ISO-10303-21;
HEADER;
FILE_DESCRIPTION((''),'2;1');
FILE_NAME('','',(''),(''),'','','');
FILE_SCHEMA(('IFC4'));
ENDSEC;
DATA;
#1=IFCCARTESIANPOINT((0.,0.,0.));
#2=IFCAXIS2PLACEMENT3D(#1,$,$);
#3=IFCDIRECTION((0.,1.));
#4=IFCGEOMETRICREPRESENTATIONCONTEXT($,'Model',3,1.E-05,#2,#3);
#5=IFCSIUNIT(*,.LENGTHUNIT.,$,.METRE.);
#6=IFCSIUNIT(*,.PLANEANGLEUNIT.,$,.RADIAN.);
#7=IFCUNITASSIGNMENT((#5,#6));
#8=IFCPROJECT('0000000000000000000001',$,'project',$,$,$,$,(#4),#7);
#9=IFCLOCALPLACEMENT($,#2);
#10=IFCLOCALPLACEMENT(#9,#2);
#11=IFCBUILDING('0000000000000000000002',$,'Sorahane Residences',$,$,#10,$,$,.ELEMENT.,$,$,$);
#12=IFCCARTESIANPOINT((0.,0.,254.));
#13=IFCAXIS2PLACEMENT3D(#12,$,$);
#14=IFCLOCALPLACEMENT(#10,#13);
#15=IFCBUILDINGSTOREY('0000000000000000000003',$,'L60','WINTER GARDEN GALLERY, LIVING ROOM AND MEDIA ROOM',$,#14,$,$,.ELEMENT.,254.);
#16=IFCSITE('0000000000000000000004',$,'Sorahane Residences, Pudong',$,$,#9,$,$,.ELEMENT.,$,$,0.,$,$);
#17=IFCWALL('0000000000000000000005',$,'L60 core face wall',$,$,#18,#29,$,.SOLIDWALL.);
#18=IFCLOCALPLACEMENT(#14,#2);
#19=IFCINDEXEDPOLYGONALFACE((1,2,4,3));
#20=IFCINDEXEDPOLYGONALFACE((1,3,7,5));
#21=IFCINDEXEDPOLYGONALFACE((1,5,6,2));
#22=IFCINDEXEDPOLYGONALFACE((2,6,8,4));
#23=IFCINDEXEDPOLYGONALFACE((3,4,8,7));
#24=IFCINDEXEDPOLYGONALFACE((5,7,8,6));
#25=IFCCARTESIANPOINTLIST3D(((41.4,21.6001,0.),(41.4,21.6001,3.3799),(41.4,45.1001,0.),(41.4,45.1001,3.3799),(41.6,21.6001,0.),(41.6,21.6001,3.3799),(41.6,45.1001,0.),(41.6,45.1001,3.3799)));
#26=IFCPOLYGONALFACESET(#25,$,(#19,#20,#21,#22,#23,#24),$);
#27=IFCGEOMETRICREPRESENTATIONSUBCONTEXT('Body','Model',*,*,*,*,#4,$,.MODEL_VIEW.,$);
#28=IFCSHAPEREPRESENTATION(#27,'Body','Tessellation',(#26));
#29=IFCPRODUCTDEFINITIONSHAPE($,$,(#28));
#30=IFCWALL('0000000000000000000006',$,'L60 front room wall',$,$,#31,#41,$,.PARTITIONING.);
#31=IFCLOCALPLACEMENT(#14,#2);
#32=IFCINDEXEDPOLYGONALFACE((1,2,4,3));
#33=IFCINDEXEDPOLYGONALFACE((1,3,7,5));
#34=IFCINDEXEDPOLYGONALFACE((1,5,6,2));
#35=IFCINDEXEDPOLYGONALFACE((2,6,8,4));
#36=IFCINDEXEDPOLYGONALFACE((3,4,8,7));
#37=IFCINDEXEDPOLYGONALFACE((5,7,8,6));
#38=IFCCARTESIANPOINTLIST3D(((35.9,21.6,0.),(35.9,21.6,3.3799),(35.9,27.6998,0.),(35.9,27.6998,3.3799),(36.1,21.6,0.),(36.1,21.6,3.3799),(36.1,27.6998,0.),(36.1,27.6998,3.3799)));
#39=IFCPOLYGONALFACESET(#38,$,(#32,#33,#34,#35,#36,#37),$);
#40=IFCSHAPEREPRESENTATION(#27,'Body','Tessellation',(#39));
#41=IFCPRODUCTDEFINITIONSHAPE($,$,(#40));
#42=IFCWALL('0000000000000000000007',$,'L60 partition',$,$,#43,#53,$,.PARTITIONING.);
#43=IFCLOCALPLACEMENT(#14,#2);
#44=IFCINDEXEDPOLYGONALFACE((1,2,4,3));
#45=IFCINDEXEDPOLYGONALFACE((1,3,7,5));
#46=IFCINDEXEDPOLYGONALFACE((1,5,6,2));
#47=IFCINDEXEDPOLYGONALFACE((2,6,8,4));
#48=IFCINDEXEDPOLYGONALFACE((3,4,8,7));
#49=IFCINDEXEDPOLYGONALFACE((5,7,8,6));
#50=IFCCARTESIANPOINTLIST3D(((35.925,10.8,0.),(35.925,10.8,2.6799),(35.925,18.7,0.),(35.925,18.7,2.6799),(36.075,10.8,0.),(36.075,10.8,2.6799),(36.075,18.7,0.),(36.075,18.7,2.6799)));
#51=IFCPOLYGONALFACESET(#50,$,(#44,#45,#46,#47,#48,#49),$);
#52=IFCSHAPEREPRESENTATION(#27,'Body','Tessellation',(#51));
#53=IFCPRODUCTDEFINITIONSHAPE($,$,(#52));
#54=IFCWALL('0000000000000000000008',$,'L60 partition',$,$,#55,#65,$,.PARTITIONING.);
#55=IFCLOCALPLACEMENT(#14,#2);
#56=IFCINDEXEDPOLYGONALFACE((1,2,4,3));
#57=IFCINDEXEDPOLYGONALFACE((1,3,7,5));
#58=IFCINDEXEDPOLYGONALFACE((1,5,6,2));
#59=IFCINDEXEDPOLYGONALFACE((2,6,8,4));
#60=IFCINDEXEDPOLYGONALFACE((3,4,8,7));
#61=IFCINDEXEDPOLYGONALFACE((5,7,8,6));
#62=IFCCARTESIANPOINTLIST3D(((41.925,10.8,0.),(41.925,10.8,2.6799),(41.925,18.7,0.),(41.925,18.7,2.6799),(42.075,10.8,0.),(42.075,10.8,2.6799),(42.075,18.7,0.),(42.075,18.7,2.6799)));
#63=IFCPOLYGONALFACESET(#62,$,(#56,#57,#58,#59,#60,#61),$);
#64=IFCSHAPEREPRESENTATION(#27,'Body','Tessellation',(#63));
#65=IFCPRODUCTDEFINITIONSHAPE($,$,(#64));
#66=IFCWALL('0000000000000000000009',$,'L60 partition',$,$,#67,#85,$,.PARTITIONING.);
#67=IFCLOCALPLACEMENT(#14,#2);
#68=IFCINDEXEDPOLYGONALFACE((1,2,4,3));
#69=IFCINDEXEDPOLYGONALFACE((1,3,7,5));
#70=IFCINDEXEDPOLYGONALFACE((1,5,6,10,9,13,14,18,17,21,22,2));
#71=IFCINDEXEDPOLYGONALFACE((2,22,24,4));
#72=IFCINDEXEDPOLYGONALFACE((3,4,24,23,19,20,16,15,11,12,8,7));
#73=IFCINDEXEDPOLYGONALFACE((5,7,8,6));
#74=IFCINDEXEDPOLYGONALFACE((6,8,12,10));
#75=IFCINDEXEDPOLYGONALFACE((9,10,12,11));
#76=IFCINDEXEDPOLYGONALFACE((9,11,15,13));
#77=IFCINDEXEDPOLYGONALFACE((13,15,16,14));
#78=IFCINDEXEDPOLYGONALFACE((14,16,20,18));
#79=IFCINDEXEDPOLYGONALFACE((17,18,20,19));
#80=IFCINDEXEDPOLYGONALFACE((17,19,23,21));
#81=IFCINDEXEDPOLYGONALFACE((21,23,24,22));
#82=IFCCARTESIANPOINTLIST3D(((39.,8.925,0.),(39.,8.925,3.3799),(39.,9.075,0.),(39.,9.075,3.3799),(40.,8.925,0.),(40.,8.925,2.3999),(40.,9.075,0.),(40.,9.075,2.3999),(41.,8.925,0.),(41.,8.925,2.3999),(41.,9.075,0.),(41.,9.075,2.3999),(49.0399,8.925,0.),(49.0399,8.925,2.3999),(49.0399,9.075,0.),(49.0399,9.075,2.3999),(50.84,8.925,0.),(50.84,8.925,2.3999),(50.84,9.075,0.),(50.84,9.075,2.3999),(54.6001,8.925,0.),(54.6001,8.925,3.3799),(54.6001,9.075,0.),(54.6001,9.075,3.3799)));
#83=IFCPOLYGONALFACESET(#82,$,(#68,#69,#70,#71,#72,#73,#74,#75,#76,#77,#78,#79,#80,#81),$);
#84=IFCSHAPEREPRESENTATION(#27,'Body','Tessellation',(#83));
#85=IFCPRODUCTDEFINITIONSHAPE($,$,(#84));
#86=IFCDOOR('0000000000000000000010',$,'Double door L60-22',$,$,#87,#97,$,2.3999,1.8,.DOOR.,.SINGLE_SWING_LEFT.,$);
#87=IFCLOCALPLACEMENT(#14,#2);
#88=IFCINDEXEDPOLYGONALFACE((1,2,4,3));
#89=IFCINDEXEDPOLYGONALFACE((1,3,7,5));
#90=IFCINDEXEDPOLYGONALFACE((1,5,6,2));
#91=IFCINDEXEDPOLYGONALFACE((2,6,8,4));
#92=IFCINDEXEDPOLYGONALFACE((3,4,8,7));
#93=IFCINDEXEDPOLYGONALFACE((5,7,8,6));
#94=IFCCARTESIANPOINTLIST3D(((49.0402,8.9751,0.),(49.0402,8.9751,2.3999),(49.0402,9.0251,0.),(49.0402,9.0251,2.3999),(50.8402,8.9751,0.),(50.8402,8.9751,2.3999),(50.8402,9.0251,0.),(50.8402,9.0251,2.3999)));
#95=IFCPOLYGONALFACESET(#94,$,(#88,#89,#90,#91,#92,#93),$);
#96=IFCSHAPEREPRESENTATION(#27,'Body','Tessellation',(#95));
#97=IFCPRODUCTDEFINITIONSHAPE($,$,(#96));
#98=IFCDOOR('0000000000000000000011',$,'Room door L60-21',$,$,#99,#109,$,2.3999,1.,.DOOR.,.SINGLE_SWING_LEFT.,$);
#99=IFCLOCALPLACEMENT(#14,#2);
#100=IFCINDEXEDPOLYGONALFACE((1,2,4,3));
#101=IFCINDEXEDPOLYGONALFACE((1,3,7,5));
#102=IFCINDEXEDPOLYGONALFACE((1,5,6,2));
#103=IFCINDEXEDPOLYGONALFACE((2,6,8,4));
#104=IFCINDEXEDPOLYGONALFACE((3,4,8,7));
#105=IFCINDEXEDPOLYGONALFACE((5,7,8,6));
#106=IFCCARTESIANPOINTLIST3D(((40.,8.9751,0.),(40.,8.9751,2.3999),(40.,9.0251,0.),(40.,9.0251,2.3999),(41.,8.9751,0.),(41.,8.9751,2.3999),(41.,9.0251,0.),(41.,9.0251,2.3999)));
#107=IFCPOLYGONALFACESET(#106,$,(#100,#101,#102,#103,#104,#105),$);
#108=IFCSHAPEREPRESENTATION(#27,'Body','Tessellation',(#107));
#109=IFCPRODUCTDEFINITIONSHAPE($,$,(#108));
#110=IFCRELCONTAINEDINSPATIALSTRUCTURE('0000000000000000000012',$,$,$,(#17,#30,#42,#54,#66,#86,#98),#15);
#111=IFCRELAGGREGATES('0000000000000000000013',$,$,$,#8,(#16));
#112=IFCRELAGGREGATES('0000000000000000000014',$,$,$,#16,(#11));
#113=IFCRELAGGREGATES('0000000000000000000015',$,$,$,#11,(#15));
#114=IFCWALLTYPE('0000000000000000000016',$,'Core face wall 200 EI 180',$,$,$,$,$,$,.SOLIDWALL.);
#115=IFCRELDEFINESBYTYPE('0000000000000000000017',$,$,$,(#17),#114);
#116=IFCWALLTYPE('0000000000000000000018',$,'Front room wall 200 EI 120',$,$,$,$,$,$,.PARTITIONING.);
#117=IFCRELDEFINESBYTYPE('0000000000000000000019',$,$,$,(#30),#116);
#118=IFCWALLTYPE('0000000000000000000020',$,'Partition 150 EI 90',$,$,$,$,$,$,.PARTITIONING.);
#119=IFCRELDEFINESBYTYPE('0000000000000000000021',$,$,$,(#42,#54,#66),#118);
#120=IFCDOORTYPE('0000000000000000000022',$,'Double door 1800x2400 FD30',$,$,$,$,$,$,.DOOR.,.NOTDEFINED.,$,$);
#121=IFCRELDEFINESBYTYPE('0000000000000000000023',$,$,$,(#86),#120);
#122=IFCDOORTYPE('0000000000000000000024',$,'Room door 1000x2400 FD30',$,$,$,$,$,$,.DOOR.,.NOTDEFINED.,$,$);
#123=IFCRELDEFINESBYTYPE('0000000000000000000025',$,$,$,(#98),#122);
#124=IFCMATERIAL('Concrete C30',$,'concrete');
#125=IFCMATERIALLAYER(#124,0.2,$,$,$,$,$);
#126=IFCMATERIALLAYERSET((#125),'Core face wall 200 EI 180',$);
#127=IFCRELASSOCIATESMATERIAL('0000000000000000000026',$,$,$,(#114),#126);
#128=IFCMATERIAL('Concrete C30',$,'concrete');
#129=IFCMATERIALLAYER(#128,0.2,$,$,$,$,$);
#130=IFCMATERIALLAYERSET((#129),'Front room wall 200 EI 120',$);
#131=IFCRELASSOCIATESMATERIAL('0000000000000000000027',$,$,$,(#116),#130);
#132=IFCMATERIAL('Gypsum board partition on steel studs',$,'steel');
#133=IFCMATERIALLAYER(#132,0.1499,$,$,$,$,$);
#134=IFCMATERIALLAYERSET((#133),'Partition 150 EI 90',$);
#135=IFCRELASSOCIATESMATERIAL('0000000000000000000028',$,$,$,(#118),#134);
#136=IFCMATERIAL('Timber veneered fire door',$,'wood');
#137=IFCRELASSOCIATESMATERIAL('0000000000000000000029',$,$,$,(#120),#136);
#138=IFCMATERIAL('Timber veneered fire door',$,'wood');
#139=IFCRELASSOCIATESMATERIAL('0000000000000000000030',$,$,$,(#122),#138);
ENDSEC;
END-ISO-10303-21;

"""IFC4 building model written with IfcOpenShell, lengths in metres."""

from ifc_helpers import new_model, si_unit, direction, frame, frame_2d, origin, place, context, subcontext, project, spatial, rectangle, extrude, material, layer, layer_set, type_object, element, fill, save


model = new_model("IFC4")

# Units and contexts
model_context = context("Model", 3, precision=1e-05, world=origin(), true_north=direction((0.0, 1.0)))
body_context = subcontext(model_context, "Body", "Model", "MODEL_VIEW")
ifc_project = project(units=[si_unit("LENGTHUNIT", "METRE"), si_unit("PLANEANGLEUNIT", "RADIAN")], contexts=[model_context])

# Site, building, storey
site_placement = place(None, origin())
site = spatial("IfcSite", under=ifc_project, at=site_placement, Name="Sorahane Residences, Pudong", CompositionType="ELEMENT", RefElevation=0.0)
building_placement = place(site_placement, origin())
building = spatial("IfcBuilding", under=site, at=building_placement, Name="Sorahane Residences", CompositionType="ELEMENT")
storey_placement = place(building_placement, frame((0.0, 0.0, 254.0)))
storey = spatial("IfcBuildingStorey", under=building, at=storey_placement, Name="L60", Description="WINTER GARDEN GALLERY, LIVING ROOM AND MEDIA ROOM", CompositionType="ELEMENT", Elevation=254.0)

# Walls
ifc_material_1 = material(Name="Concrete C30", Category="concrete")
ifc_layer_1 = layer(ifc_material_1, 0.2)
ifc_layer_set_1 = layer_set([ifc_layer_1], Name="Core face wall 200 EI 180")
wall_type_1 = type_object("IfcWallType", Name="Core face wall 200 EI 180", PredefinedType="SOLIDWALL", material=ifc_layer_set_1)
wall_1_placement = place(storey_placement, frame((41.5, 21.6001, 0.0), z_axis=(0.0, 0.0, 1.0), x_axis=(0.0, 1.0, 0.0)))
element("IfcWall", 1, at=wall_1_placement, inside=storey, type_object=wall_type_1, Name="L60 core face wall", PredefinedType="SOLIDWALL", context=body_context, shape_type="SweptSolid", body=[
    extrude(rectangle(XDim=23.5, YDim=0.2, at=frame_2d((11.75, 0.0))), origin(), (0.0, 0.0, 1.0), 3.3799),
])
ifc_material_2 = material(Name="Concrete C30", Category="concrete")
ifc_layer_2 = layer(ifc_material_2, 0.2)
ifc_layer_set_2 = layer_set([ifc_layer_2], Name="Front room wall 200 EI 120")
wall_type_2 = type_object("IfcWallType", Name="Front room wall 200 EI 120", PredefinedType="PARTITIONING", material=ifc_layer_set_2)
wall_2_placement = place(storey_placement, frame((36.0, 21.6001, 0.0), z_axis=(0.0, 0.0, 1.0), x_axis=(0.0, 1.0, 0.0)))
element("IfcWall", 2, at=wall_2_placement, inside=storey, type_object=wall_type_2, Name="L60 front room wall", PredefinedType="PARTITIONING", context=body_context, shape_type="SweptSolid", body=[
    extrude(rectangle(XDim=6.0999, YDim=0.2, at=frame_2d((3.0498, 0.0))), origin(), (0.0, 0.0, 1.0), 3.3799),
])
ifc_material_3 = material(Name="Gypsum board partition on steel studs", Category="steel")
ifc_layer_3 = layer(ifc_material_3, 0.1499)
ifc_layer_set_3 = layer_set([ifc_layer_3], Name="Partition 150 EI 90")
wall_type_3 = type_object("IfcWallType", Name="Partition 150 EI 90", PredefinedType="PARTITIONING", material=ifc_layer_set_3)
for number, where, z_axis, x_axis, name in (
    (3, (36.0, 10.8, 0.0), (0.0, 0.0, 1.0), (0.0, 1.0, 0.0), "L60 partition"),
    (4, (42.0, 10.8, 0.0), (0.0, 0.0, 1.0), (0.0, 1.0, 0.0), "L60 partition"),
):
    element("IfcWall", number, at=place(storey_placement, frame(where, z_axis=z_axis, x_axis=x_axis)), inside=storey, type_object=wall_type_3, Name=name, PredefinedType="PARTITIONING", context=body_context, shape_type="SweptSolid", body=[
        extrude(rectangle(XDim=7.8999, YDim=0.1499, at=frame_2d((3.95, 0.0))), origin(), (0.0, 0.0, 1.0), 2.6799),
    ])

# Wall, openings, doors
wall_3_placement = place(storey_placement, frame((39.0, 9.0, 0.0), z_axis=(0.0, 0.0, 1.0), x_axis=(1.0, 0.0, 0.0)))
wall_3 = element("IfcWall", 5, at=wall_3_placement, inside=storey, type_object=wall_type_3, Name="L60 partition", PredefinedType="PARTITIONING", context=body_context, shape_type="SweptSolid", body=[
    extrude(rectangle(XDim=15.6001, YDim=0.1499, at=frame_2d((7.8, 0.0))), origin(), (0.0, 0.0, 1.0), 3.3799),
])
opening_1_placement = place(wall_3_placement, frame((1.0, 0.0, 0.0)))
opening_1 = element("IfcOpeningElement", 6, at=opening_1_placement, cuts=wall_3, PredefinedType="OPENING", context=body_context, shape_type="SweptSolid", body=[
    extrude(rectangle(XDim=1.0, YDim=2.3999, at=frame_2d((0.5, 1.2))), frame((0.0, 0.085, 0.0), z_axis=(0.0, -1.0, 0.0), x_axis=(1.0, 0.0, 0.0)), (0.0, 0.0, 1.0), 0.1699),
])
opening_2_placement = place(wall_3_placement, frame((10.04, 0.0, 0.0)))
opening_2 = element("IfcOpeningElement", 7, at=opening_2_placement, cuts=wall_3, PredefinedType="OPENING", context=body_context, shape_type="SweptSolid", body=[
    extrude(rectangle(XDim=1.8, YDim=2.3999, at=frame_2d((0.8999, 1.2))), frame((0.0, 0.085, 0.0), z_axis=(0.0, -1.0, 0.0), x_axis=(1.0, 0.0, 0.0)), (0.0, 0.0, 1.0), 0.1699),
])
ifc_material_4 = material(Name="Timber veneered fire door", Category="wood")
door_type_1 = type_object("IfcDoorType", Name="Double door 1800x2400 FD30", OperationType="NOTDEFINED", PredefinedType="DOOR", material=ifc_material_4)
door_1_placement = place(opening_2_placement, frame((1.8, 0.0, 0.0), z_axis=(0.0, 0.0, 1.0), x_axis=(-1.0, 0.0, 0.0)))
door_1 = element("IfcDoor", 8, at=door_1_placement, inside=storey, type_object=door_type_1, Name="Double door L60-22", OperationType="SINGLE_SWING_LEFT", OverallHeight=2.3999, OverallWidth=1.8, PredefinedType="DOOR", context=body_context, shape_type="SweptSolid", body=[
    extrude(rectangle(XDim=1.8, YDim=2.3999, at=frame_2d((0.8999, 1.2))), frame((0.0, 0.0249, 0.0), z_axis=(0.0, -1.0, 0.0), x_axis=(1.0, 0.0, 0.0)), (0.0, 0.0, 1.0), 0.05),
])
fill(opening_2, door_1)
ifc_material_5 = material(Name="Timber veneered fire door", Category="wood")
door_type_2 = type_object("IfcDoorType", Name="Room door 1000x2400 FD30", OperationType="NOTDEFINED", PredefinedType="DOOR", material=ifc_material_5)
door_2_placement = place(opening_1_placement, frame((1.0, 0.0, 0.0), z_axis=(0.0, 0.0, 1.0), x_axis=(-1.0, 0.0, 0.0)))
door_2 = element("IfcDoor", 9, at=door_2_placement, inside=storey, type_object=door_type_2, Name="Room door L60-21", OperationType="SINGLE_SWING_LEFT", OverallHeight=2.3999, OverallWidth=1.0, PredefinedType="DOOR", context=body_context, shape_type="SweptSolid", body=[
    extrude(rectangle(XDim=1.0, YDim=2.3999, at=frame_2d((0.5, 1.2))), frame((0.0, 0.0249, 0.0), z_axis=(0.0, -1.0, 0.0), x_axis=(1.0, 0.0, 0.0)), (0.0, 0.0, 1.0), 0.05),
])
fill(opening_1, door_2)

save(model, "model.ifc")
